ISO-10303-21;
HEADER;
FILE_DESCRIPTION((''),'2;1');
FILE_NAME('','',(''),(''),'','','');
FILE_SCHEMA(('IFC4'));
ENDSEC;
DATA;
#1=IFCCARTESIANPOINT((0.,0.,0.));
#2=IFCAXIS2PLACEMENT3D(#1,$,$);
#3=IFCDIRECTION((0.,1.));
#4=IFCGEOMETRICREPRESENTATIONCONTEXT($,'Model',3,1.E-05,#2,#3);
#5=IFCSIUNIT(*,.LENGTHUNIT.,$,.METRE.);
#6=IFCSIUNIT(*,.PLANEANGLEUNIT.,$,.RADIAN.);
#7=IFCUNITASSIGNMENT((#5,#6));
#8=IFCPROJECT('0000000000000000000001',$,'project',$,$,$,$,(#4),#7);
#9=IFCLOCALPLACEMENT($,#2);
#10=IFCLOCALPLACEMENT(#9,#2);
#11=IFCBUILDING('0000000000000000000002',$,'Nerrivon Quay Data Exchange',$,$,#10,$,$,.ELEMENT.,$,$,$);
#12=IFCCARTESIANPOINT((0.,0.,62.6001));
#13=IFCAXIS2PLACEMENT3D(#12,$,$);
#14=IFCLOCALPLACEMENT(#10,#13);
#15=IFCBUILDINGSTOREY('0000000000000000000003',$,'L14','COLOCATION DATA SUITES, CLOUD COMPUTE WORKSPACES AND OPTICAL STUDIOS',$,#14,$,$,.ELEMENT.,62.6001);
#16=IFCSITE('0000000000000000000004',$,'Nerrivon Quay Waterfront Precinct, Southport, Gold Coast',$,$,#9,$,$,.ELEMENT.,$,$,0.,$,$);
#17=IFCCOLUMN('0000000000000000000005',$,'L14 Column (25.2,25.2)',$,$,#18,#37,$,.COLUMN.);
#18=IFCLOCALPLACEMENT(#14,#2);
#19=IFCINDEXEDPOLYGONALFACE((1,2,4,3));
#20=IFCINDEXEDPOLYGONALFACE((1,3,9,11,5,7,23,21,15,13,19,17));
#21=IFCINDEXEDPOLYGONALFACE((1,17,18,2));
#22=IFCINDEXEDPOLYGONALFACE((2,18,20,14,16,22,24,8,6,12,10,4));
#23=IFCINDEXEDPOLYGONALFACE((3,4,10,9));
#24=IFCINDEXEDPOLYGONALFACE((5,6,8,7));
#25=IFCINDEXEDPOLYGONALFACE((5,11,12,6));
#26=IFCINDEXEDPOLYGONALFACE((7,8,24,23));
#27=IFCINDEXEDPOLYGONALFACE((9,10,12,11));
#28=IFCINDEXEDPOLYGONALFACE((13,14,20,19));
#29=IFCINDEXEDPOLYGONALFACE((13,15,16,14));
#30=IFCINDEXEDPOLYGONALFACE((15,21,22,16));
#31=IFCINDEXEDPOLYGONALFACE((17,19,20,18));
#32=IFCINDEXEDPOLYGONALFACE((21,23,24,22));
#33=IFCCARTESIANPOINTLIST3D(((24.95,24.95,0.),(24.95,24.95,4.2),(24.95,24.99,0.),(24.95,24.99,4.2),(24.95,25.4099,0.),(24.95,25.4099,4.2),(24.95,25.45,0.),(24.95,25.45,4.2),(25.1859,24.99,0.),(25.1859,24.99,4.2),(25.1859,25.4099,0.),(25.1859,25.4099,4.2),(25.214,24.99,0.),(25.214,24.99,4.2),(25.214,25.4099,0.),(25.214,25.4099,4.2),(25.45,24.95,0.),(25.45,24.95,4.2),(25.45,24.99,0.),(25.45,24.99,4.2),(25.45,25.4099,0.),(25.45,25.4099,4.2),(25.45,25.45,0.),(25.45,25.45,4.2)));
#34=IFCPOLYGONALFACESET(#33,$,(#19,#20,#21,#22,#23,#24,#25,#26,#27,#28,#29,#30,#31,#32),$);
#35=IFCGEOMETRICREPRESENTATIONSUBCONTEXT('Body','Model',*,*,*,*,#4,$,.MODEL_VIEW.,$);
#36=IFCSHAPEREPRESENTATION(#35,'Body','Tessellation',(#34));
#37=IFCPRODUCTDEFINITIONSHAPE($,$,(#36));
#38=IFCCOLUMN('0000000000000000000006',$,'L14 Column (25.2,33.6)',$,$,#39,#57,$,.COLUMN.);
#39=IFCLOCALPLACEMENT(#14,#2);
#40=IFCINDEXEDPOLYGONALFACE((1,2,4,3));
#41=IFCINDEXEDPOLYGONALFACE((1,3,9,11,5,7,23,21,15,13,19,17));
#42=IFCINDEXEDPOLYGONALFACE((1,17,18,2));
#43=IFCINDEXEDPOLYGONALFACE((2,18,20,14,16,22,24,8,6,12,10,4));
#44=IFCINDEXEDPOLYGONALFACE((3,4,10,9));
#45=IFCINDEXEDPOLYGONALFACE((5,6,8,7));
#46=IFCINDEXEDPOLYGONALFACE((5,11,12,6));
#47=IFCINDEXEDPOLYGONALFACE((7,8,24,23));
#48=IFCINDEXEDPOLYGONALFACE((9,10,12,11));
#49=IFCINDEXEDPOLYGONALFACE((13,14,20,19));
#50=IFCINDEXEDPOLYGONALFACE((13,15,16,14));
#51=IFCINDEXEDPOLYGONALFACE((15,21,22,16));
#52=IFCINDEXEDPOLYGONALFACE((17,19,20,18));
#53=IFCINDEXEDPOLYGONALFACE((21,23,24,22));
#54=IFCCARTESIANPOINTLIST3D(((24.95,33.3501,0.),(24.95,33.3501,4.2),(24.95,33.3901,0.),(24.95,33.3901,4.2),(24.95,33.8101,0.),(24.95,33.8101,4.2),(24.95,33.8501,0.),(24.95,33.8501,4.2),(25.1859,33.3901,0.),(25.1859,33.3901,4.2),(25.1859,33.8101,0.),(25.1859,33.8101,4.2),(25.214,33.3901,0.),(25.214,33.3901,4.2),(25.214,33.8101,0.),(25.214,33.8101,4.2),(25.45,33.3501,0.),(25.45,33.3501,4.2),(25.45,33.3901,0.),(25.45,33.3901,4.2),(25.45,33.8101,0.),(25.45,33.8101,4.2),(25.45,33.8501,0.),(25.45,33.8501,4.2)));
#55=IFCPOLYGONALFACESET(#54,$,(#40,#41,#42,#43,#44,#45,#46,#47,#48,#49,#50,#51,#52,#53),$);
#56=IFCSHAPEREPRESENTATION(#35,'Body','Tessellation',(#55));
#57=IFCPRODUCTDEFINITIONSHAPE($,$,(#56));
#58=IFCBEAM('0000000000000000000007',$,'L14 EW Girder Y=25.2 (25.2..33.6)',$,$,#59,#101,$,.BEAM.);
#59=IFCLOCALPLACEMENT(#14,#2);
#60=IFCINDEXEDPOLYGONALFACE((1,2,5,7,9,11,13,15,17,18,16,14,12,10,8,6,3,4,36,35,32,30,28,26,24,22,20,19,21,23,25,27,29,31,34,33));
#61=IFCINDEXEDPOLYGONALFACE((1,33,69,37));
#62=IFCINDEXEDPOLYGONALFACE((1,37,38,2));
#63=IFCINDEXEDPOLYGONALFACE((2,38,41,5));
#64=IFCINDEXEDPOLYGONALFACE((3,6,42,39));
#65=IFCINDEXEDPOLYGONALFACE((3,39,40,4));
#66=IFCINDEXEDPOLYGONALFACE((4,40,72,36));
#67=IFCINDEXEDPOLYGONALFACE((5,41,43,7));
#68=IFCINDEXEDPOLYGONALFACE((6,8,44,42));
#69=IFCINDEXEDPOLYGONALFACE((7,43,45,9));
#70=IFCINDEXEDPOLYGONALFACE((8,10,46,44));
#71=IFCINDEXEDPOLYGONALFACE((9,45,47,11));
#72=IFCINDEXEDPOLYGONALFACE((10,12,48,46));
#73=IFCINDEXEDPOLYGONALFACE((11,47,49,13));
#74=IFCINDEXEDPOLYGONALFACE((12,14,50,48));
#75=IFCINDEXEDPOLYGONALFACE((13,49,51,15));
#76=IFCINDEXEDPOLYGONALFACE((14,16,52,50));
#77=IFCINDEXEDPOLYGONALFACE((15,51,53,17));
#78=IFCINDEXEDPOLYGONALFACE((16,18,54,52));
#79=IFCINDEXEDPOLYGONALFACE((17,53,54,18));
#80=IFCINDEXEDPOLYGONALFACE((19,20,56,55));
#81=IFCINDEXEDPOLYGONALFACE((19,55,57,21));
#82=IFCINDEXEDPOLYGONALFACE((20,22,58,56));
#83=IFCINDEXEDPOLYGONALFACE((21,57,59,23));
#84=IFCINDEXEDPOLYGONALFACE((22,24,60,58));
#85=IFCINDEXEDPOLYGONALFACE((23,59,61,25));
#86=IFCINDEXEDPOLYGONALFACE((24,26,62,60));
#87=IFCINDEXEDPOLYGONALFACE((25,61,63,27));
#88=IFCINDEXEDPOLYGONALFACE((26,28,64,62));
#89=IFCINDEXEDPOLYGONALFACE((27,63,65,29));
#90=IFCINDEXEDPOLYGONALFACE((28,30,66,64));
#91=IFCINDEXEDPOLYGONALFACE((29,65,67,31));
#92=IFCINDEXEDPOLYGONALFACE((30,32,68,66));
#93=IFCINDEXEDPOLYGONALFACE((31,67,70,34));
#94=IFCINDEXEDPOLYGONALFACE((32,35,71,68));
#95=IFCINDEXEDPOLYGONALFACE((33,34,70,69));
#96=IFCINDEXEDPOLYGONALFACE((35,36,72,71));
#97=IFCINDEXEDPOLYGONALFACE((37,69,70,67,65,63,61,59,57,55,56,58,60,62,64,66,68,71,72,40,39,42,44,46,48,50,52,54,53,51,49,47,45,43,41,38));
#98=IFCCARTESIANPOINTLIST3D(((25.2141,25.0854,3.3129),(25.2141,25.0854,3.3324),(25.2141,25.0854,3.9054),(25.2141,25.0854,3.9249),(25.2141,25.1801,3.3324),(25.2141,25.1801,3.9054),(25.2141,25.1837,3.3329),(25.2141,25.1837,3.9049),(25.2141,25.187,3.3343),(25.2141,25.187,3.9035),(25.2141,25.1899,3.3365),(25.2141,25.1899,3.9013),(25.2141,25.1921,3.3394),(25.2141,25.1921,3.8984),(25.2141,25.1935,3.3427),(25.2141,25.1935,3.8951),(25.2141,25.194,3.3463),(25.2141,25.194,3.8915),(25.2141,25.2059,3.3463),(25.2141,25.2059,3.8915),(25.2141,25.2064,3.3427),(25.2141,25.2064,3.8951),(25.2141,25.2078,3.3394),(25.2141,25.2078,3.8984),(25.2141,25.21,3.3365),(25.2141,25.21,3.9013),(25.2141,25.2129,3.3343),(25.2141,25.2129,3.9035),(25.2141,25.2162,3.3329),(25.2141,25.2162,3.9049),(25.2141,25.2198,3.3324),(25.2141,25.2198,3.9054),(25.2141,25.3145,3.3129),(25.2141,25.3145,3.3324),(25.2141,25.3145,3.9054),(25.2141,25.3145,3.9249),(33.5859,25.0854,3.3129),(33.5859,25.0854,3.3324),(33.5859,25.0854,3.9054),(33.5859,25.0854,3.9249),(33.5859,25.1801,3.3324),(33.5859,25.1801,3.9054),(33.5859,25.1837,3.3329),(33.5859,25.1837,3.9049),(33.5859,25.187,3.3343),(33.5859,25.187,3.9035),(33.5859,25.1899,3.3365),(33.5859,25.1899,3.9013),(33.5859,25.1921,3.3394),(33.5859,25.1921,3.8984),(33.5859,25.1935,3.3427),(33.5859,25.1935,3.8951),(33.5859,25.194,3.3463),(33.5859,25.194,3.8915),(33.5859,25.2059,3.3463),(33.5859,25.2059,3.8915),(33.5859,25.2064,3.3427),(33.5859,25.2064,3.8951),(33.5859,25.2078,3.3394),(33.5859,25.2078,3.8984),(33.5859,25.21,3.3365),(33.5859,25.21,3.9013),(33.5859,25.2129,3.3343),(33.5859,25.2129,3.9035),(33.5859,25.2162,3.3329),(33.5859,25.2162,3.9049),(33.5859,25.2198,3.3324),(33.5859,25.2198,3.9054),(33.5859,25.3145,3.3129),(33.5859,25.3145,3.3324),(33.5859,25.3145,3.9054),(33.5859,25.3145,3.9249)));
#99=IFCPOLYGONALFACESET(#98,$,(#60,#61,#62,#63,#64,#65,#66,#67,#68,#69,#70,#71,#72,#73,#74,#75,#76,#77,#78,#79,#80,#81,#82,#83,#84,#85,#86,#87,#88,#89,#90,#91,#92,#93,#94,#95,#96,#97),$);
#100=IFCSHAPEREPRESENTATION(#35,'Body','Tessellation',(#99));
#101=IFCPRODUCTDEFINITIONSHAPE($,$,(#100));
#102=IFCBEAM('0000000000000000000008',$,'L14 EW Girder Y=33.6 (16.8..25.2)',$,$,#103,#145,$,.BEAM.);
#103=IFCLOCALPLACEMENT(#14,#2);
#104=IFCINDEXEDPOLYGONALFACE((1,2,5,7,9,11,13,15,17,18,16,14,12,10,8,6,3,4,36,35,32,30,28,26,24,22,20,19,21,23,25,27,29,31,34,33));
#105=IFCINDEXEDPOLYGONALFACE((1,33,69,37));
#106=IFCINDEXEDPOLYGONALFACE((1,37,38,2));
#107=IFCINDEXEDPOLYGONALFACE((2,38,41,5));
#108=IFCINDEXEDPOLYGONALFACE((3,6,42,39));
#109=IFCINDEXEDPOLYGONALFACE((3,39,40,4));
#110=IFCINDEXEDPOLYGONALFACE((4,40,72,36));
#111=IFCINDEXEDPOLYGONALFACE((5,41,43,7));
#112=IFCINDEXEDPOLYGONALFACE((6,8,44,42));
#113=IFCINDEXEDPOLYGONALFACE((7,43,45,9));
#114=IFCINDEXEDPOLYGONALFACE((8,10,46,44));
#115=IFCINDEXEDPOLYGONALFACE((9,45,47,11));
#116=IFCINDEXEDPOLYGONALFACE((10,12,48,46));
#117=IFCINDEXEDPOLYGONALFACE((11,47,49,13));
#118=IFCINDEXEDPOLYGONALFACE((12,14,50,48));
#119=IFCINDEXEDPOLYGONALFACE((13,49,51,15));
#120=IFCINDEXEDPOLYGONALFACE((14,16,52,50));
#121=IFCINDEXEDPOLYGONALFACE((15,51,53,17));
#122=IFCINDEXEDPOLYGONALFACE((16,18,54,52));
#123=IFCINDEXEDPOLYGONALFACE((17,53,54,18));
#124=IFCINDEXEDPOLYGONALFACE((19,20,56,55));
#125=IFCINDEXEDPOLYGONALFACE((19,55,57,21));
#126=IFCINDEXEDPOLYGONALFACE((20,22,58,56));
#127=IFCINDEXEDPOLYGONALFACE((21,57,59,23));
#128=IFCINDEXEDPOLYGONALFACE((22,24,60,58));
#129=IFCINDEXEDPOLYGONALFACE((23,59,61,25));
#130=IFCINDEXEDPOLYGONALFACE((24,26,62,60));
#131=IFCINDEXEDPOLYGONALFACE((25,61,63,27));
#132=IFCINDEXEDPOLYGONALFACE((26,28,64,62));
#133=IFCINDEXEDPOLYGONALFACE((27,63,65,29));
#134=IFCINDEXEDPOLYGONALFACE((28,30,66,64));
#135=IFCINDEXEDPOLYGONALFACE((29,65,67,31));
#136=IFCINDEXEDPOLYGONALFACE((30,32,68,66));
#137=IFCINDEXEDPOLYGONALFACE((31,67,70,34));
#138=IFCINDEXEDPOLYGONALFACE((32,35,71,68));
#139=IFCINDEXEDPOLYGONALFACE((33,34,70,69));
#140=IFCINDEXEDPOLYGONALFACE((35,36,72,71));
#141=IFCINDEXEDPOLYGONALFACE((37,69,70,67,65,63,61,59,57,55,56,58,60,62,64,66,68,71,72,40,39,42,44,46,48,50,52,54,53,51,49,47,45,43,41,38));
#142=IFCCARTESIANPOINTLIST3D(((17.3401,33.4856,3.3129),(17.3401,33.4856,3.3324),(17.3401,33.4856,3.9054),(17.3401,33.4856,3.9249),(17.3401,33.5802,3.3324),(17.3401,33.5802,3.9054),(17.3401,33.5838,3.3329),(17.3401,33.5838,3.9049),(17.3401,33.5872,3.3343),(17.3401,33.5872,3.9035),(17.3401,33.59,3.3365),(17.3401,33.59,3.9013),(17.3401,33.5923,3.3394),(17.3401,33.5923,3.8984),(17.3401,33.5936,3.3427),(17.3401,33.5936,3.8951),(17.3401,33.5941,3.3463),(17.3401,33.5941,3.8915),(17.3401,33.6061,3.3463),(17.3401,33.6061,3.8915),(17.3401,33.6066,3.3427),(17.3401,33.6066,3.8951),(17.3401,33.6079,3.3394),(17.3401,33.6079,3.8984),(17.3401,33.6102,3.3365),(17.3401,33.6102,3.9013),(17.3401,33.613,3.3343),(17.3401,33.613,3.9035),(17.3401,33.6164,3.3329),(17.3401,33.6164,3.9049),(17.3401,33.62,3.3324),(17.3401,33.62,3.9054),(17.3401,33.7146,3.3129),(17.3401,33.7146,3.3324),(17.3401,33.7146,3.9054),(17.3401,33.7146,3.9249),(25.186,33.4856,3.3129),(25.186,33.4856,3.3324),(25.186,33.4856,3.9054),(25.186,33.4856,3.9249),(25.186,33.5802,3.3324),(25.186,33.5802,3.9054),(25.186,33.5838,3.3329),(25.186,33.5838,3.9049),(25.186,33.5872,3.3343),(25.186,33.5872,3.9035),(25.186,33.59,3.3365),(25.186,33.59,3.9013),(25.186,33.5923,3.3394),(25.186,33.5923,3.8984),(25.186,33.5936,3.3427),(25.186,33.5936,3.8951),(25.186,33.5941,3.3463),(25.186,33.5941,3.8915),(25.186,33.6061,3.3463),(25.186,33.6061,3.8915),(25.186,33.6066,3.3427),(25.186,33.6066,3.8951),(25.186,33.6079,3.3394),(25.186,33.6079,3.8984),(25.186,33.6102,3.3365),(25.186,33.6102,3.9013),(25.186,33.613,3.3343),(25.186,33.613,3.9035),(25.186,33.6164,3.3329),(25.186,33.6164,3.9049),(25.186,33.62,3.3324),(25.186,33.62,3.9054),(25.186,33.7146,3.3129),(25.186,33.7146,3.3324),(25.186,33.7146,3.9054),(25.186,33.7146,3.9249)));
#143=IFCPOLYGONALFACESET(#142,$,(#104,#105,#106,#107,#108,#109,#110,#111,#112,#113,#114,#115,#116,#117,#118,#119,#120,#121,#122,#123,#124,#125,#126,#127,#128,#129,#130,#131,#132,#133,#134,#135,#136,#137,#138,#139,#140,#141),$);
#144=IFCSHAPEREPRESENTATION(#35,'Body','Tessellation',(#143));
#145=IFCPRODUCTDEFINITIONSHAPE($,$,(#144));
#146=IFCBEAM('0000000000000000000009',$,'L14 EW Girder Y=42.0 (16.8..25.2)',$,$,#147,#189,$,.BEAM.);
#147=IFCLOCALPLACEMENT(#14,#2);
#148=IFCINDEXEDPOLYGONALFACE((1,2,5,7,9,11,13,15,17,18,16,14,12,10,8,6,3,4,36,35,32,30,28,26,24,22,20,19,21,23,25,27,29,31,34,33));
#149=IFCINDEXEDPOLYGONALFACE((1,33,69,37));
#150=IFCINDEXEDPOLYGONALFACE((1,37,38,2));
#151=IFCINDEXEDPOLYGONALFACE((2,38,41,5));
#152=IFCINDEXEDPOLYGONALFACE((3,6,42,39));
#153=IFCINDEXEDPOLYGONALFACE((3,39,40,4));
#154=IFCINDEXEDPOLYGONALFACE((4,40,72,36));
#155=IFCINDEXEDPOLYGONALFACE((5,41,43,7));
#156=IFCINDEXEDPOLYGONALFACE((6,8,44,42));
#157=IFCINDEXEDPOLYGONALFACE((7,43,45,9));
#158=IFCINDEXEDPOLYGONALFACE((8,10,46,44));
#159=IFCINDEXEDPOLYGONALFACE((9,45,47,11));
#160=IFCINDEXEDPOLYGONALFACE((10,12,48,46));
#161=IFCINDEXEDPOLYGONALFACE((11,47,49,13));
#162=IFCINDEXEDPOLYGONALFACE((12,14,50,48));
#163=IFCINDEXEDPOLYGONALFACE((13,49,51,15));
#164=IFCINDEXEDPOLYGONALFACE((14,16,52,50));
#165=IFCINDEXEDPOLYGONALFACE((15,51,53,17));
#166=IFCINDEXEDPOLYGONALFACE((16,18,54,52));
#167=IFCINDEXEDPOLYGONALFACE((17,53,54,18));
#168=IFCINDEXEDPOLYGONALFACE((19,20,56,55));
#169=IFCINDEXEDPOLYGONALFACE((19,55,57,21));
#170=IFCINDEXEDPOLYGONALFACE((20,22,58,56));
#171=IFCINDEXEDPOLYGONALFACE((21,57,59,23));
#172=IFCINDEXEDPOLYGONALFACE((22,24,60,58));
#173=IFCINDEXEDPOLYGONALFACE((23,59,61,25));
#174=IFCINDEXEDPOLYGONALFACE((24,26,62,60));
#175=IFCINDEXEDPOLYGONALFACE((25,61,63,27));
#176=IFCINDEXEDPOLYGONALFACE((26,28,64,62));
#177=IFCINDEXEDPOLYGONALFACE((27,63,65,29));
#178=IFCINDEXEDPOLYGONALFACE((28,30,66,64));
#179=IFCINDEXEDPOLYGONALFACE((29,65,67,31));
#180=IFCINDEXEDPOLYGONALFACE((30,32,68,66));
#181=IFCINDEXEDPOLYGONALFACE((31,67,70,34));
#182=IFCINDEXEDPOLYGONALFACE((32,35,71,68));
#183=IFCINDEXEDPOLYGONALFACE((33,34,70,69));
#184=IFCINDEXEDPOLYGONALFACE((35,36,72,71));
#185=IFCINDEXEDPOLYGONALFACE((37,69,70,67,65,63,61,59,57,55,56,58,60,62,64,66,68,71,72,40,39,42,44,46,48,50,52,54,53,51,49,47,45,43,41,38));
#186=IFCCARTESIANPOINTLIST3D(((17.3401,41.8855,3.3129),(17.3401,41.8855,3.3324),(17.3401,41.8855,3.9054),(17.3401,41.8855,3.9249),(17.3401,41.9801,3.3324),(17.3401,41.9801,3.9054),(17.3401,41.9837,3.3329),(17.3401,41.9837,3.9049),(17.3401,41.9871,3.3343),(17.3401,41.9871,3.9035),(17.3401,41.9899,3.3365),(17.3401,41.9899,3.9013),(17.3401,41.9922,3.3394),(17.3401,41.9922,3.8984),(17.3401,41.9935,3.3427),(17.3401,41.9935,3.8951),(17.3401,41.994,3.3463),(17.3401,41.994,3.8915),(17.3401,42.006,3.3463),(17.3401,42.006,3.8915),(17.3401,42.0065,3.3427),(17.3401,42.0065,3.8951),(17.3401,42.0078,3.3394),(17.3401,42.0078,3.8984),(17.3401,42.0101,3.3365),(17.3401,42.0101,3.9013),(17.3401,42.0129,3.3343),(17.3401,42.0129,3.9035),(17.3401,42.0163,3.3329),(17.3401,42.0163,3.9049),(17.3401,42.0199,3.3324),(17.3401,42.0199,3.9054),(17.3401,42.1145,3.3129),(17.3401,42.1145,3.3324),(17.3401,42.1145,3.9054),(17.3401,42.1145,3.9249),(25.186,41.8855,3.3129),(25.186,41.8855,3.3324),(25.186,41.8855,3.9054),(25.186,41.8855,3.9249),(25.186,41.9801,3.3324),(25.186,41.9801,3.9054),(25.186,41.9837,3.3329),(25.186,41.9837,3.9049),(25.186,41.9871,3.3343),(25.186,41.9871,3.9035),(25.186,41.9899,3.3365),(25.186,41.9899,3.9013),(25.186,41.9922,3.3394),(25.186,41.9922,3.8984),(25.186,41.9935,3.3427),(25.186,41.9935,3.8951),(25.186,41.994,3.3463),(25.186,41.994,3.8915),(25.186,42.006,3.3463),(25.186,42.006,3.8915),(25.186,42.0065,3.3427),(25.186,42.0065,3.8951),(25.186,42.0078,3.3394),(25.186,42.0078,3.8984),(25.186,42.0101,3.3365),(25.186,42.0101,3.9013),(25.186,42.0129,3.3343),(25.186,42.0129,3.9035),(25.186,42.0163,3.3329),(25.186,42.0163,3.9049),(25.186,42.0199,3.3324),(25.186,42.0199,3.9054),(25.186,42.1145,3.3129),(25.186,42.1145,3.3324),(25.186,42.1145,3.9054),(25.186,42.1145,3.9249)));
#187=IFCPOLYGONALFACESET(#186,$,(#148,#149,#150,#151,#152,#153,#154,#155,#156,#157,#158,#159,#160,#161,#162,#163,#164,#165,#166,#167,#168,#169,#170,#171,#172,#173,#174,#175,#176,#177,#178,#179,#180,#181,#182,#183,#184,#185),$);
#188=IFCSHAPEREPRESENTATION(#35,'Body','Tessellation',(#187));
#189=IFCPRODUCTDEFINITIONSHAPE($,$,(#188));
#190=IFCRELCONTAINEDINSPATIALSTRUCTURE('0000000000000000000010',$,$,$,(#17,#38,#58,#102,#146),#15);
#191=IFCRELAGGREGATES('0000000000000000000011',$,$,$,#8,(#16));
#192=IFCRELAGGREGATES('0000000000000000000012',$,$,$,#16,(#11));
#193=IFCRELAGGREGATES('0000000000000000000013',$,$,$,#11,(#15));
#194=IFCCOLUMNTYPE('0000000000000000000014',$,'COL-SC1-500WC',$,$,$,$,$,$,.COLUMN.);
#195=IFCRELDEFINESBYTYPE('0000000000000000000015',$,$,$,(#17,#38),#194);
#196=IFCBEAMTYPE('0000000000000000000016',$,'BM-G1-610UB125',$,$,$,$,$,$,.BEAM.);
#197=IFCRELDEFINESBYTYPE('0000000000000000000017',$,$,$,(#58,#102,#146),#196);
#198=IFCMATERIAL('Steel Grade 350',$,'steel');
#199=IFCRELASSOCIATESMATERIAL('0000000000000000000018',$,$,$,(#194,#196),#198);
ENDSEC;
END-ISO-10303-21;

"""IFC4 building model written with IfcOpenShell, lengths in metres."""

from ifc_helpers import new_model, si_unit, direction, frame, origin, origin_2d, place, context, subcontext, project, spatial, i_section, extrude, material, material_profile, profile_set, type_object, element, save


model = new_model("IFC4")

# Units and contexts
model_context = context("Model", 3, precision=1e-05, world=origin(), true_north=direction((0.0, 1.0)))
body_context = subcontext(model_context, "Body", "Model", "MODEL_VIEW")
ifc_project = project(units=[si_unit("LENGTHUNIT", "METRE"), si_unit("PLANEANGLEUNIT", "RADIAN")], contexts=[model_context])

# Site, building, storey
site_placement = place(None, origin())
site = spatial("IfcSite", under=ifc_project, at=site_placement, Name="Nerrivon Quay Waterfront Precinct, Southport, Gold Coast", CompositionType="ELEMENT", RefElevation=0.0)
building_placement = place(site_placement, origin())
building = spatial("IfcBuilding", under=site, at=building_placement, Name="Nerrivon Quay Data Exchange", CompositionType="ELEMENT")
storey_placement = place(building_placement, frame((0.0, 0.0, 62.6001)))
storey = spatial("IfcBuildingStorey", under=building, at=storey_placement, Name="L14", Description="COLOCATION DATA SUITES, CLOUD COMPUTE WORKSPACES AND OPTICAL STUDIOS", CompositionType="ELEMENT", Elevation=62.6001)

# Columns
ifc_material_1 = material(Name="Steel Grade 350", Category="steel")
ifc_material_profile_1 = material_profile(ifc_material_1, i_section(OverallWidth=0.5, OverallDepth=0.5, WebThickness=0.0281, FlangeThickness=0.04, at=origin_2d()), Name="500WC440")
ifc_profile_set_1 = profile_set([ifc_material_profile_1], Name="Steel Grade 350")
column_type = type_object("IfcColumnType", Name="COL-SC1-500WC", PredefinedType="COLUMN", material=ifc_profile_set_1)
for number, where, z_axis, x_axis, name in (
    (1, (25.2, 25.2, 0.0), (0.0, 0.0, 1.0), (1.0, 0.0, 0.0), "L14 Column (25.2,25.2)"),
    (2, (25.2, 33.6001, 0.0), (0.0, 0.0, 1.0), (1.0, 0.0, 0.0), "L14 Column (25.2,33.6)"),
):
    element("IfcColumn", number, at=place(storey_placement, frame(where, z_axis=z_axis, x_axis=x_axis)), inside=storey, type_object=column_type, Name=name, PredefinedType="COLUMN", context=body_context, shape_type="SweptSolid", body=[
        extrude(i_section(OverallWidth=0.5, OverallDepth=0.5, WebThickness=0.0281, FlangeThickness=0.04, at=origin_2d()), origin(), (0.0, 0.0, 1.0), 4.2),
    ])

# Beams
ifc_material_profile_2 = material_profile(ifc_material_1, i_section(OverallWidth=0.229, OverallDepth=0.6121, WebThickness=0.012, FlangeThickness=0.0195, FilletRadius=0.0139, at=origin_2d()), Name="610UB125")
ifc_profile_set_2 = profile_set([ifc_material_profile_2], Name="Steel Grade 350")
beam_type_1 = type_object("IfcBeamType", Name="BM-G1-610UB125", PredefinedType="BEAM", material=ifc_profile_set_2)
beam_1_placement = place(storey_placement, frame((25.2141, 25.2, 3.6189), z_axis=(1.0, 0.0, 0.0), x_axis=(0.0, 1.0, 0.0)))
element("IfcBeam", 3, at=beam_1_placement, inside=storey, type_object=beam_type_1, Name="L14 EW Girder Y=25.2 (25.2..33.6)", PredefinedType="BEAM", context=body_context, shape_type="SweptSolid", body=[
    extrude(i_section(OverallWidth=0.229, OverallDepth=0.6121, WebThickness=0.012, FlangeThickness=0.0195, FilletRadius=0.0139, at=origin_2d()), origin(), (0.0, 0.0, 1.0), 8.3718),
])
for number, where, z_axis, x_axis, name in (
    (4, (17.3401, 33.6001, 3.6189), (1.0, 0.0, 0.0), (0.0, 1.0, 0.0), "L14 EW Girder Y=33.6 (16.8..25.2)"),
    (5, (17.3401, 42.0, 3.6189), (1.0, 0.0, 0.0), (0.0, 1.0, 0.0), "L14 EW Girder Y=42.0 (16.8..25.2)"),
):
    element("IfcBeam", number, at=place(storey_placement, frame(where, z_axis=z_axis, x_axis=x_axis)), inside=storey, type_object=beam_type_1, Name=name, PredefinedType="BEAM", context=body_context, shape_type="SweptSolid", body=[
        extrude(i_section(OverallWidth=0.229, OverallDepth=0.6121, WebThickness=0.012, FlangeThickness=0.0195, FilletRadius=0.0139, at=origin_2d()), origin(), (0.0, 0.0, 1.0), 7.8459),
    ])

save(model, "model.ifc")
